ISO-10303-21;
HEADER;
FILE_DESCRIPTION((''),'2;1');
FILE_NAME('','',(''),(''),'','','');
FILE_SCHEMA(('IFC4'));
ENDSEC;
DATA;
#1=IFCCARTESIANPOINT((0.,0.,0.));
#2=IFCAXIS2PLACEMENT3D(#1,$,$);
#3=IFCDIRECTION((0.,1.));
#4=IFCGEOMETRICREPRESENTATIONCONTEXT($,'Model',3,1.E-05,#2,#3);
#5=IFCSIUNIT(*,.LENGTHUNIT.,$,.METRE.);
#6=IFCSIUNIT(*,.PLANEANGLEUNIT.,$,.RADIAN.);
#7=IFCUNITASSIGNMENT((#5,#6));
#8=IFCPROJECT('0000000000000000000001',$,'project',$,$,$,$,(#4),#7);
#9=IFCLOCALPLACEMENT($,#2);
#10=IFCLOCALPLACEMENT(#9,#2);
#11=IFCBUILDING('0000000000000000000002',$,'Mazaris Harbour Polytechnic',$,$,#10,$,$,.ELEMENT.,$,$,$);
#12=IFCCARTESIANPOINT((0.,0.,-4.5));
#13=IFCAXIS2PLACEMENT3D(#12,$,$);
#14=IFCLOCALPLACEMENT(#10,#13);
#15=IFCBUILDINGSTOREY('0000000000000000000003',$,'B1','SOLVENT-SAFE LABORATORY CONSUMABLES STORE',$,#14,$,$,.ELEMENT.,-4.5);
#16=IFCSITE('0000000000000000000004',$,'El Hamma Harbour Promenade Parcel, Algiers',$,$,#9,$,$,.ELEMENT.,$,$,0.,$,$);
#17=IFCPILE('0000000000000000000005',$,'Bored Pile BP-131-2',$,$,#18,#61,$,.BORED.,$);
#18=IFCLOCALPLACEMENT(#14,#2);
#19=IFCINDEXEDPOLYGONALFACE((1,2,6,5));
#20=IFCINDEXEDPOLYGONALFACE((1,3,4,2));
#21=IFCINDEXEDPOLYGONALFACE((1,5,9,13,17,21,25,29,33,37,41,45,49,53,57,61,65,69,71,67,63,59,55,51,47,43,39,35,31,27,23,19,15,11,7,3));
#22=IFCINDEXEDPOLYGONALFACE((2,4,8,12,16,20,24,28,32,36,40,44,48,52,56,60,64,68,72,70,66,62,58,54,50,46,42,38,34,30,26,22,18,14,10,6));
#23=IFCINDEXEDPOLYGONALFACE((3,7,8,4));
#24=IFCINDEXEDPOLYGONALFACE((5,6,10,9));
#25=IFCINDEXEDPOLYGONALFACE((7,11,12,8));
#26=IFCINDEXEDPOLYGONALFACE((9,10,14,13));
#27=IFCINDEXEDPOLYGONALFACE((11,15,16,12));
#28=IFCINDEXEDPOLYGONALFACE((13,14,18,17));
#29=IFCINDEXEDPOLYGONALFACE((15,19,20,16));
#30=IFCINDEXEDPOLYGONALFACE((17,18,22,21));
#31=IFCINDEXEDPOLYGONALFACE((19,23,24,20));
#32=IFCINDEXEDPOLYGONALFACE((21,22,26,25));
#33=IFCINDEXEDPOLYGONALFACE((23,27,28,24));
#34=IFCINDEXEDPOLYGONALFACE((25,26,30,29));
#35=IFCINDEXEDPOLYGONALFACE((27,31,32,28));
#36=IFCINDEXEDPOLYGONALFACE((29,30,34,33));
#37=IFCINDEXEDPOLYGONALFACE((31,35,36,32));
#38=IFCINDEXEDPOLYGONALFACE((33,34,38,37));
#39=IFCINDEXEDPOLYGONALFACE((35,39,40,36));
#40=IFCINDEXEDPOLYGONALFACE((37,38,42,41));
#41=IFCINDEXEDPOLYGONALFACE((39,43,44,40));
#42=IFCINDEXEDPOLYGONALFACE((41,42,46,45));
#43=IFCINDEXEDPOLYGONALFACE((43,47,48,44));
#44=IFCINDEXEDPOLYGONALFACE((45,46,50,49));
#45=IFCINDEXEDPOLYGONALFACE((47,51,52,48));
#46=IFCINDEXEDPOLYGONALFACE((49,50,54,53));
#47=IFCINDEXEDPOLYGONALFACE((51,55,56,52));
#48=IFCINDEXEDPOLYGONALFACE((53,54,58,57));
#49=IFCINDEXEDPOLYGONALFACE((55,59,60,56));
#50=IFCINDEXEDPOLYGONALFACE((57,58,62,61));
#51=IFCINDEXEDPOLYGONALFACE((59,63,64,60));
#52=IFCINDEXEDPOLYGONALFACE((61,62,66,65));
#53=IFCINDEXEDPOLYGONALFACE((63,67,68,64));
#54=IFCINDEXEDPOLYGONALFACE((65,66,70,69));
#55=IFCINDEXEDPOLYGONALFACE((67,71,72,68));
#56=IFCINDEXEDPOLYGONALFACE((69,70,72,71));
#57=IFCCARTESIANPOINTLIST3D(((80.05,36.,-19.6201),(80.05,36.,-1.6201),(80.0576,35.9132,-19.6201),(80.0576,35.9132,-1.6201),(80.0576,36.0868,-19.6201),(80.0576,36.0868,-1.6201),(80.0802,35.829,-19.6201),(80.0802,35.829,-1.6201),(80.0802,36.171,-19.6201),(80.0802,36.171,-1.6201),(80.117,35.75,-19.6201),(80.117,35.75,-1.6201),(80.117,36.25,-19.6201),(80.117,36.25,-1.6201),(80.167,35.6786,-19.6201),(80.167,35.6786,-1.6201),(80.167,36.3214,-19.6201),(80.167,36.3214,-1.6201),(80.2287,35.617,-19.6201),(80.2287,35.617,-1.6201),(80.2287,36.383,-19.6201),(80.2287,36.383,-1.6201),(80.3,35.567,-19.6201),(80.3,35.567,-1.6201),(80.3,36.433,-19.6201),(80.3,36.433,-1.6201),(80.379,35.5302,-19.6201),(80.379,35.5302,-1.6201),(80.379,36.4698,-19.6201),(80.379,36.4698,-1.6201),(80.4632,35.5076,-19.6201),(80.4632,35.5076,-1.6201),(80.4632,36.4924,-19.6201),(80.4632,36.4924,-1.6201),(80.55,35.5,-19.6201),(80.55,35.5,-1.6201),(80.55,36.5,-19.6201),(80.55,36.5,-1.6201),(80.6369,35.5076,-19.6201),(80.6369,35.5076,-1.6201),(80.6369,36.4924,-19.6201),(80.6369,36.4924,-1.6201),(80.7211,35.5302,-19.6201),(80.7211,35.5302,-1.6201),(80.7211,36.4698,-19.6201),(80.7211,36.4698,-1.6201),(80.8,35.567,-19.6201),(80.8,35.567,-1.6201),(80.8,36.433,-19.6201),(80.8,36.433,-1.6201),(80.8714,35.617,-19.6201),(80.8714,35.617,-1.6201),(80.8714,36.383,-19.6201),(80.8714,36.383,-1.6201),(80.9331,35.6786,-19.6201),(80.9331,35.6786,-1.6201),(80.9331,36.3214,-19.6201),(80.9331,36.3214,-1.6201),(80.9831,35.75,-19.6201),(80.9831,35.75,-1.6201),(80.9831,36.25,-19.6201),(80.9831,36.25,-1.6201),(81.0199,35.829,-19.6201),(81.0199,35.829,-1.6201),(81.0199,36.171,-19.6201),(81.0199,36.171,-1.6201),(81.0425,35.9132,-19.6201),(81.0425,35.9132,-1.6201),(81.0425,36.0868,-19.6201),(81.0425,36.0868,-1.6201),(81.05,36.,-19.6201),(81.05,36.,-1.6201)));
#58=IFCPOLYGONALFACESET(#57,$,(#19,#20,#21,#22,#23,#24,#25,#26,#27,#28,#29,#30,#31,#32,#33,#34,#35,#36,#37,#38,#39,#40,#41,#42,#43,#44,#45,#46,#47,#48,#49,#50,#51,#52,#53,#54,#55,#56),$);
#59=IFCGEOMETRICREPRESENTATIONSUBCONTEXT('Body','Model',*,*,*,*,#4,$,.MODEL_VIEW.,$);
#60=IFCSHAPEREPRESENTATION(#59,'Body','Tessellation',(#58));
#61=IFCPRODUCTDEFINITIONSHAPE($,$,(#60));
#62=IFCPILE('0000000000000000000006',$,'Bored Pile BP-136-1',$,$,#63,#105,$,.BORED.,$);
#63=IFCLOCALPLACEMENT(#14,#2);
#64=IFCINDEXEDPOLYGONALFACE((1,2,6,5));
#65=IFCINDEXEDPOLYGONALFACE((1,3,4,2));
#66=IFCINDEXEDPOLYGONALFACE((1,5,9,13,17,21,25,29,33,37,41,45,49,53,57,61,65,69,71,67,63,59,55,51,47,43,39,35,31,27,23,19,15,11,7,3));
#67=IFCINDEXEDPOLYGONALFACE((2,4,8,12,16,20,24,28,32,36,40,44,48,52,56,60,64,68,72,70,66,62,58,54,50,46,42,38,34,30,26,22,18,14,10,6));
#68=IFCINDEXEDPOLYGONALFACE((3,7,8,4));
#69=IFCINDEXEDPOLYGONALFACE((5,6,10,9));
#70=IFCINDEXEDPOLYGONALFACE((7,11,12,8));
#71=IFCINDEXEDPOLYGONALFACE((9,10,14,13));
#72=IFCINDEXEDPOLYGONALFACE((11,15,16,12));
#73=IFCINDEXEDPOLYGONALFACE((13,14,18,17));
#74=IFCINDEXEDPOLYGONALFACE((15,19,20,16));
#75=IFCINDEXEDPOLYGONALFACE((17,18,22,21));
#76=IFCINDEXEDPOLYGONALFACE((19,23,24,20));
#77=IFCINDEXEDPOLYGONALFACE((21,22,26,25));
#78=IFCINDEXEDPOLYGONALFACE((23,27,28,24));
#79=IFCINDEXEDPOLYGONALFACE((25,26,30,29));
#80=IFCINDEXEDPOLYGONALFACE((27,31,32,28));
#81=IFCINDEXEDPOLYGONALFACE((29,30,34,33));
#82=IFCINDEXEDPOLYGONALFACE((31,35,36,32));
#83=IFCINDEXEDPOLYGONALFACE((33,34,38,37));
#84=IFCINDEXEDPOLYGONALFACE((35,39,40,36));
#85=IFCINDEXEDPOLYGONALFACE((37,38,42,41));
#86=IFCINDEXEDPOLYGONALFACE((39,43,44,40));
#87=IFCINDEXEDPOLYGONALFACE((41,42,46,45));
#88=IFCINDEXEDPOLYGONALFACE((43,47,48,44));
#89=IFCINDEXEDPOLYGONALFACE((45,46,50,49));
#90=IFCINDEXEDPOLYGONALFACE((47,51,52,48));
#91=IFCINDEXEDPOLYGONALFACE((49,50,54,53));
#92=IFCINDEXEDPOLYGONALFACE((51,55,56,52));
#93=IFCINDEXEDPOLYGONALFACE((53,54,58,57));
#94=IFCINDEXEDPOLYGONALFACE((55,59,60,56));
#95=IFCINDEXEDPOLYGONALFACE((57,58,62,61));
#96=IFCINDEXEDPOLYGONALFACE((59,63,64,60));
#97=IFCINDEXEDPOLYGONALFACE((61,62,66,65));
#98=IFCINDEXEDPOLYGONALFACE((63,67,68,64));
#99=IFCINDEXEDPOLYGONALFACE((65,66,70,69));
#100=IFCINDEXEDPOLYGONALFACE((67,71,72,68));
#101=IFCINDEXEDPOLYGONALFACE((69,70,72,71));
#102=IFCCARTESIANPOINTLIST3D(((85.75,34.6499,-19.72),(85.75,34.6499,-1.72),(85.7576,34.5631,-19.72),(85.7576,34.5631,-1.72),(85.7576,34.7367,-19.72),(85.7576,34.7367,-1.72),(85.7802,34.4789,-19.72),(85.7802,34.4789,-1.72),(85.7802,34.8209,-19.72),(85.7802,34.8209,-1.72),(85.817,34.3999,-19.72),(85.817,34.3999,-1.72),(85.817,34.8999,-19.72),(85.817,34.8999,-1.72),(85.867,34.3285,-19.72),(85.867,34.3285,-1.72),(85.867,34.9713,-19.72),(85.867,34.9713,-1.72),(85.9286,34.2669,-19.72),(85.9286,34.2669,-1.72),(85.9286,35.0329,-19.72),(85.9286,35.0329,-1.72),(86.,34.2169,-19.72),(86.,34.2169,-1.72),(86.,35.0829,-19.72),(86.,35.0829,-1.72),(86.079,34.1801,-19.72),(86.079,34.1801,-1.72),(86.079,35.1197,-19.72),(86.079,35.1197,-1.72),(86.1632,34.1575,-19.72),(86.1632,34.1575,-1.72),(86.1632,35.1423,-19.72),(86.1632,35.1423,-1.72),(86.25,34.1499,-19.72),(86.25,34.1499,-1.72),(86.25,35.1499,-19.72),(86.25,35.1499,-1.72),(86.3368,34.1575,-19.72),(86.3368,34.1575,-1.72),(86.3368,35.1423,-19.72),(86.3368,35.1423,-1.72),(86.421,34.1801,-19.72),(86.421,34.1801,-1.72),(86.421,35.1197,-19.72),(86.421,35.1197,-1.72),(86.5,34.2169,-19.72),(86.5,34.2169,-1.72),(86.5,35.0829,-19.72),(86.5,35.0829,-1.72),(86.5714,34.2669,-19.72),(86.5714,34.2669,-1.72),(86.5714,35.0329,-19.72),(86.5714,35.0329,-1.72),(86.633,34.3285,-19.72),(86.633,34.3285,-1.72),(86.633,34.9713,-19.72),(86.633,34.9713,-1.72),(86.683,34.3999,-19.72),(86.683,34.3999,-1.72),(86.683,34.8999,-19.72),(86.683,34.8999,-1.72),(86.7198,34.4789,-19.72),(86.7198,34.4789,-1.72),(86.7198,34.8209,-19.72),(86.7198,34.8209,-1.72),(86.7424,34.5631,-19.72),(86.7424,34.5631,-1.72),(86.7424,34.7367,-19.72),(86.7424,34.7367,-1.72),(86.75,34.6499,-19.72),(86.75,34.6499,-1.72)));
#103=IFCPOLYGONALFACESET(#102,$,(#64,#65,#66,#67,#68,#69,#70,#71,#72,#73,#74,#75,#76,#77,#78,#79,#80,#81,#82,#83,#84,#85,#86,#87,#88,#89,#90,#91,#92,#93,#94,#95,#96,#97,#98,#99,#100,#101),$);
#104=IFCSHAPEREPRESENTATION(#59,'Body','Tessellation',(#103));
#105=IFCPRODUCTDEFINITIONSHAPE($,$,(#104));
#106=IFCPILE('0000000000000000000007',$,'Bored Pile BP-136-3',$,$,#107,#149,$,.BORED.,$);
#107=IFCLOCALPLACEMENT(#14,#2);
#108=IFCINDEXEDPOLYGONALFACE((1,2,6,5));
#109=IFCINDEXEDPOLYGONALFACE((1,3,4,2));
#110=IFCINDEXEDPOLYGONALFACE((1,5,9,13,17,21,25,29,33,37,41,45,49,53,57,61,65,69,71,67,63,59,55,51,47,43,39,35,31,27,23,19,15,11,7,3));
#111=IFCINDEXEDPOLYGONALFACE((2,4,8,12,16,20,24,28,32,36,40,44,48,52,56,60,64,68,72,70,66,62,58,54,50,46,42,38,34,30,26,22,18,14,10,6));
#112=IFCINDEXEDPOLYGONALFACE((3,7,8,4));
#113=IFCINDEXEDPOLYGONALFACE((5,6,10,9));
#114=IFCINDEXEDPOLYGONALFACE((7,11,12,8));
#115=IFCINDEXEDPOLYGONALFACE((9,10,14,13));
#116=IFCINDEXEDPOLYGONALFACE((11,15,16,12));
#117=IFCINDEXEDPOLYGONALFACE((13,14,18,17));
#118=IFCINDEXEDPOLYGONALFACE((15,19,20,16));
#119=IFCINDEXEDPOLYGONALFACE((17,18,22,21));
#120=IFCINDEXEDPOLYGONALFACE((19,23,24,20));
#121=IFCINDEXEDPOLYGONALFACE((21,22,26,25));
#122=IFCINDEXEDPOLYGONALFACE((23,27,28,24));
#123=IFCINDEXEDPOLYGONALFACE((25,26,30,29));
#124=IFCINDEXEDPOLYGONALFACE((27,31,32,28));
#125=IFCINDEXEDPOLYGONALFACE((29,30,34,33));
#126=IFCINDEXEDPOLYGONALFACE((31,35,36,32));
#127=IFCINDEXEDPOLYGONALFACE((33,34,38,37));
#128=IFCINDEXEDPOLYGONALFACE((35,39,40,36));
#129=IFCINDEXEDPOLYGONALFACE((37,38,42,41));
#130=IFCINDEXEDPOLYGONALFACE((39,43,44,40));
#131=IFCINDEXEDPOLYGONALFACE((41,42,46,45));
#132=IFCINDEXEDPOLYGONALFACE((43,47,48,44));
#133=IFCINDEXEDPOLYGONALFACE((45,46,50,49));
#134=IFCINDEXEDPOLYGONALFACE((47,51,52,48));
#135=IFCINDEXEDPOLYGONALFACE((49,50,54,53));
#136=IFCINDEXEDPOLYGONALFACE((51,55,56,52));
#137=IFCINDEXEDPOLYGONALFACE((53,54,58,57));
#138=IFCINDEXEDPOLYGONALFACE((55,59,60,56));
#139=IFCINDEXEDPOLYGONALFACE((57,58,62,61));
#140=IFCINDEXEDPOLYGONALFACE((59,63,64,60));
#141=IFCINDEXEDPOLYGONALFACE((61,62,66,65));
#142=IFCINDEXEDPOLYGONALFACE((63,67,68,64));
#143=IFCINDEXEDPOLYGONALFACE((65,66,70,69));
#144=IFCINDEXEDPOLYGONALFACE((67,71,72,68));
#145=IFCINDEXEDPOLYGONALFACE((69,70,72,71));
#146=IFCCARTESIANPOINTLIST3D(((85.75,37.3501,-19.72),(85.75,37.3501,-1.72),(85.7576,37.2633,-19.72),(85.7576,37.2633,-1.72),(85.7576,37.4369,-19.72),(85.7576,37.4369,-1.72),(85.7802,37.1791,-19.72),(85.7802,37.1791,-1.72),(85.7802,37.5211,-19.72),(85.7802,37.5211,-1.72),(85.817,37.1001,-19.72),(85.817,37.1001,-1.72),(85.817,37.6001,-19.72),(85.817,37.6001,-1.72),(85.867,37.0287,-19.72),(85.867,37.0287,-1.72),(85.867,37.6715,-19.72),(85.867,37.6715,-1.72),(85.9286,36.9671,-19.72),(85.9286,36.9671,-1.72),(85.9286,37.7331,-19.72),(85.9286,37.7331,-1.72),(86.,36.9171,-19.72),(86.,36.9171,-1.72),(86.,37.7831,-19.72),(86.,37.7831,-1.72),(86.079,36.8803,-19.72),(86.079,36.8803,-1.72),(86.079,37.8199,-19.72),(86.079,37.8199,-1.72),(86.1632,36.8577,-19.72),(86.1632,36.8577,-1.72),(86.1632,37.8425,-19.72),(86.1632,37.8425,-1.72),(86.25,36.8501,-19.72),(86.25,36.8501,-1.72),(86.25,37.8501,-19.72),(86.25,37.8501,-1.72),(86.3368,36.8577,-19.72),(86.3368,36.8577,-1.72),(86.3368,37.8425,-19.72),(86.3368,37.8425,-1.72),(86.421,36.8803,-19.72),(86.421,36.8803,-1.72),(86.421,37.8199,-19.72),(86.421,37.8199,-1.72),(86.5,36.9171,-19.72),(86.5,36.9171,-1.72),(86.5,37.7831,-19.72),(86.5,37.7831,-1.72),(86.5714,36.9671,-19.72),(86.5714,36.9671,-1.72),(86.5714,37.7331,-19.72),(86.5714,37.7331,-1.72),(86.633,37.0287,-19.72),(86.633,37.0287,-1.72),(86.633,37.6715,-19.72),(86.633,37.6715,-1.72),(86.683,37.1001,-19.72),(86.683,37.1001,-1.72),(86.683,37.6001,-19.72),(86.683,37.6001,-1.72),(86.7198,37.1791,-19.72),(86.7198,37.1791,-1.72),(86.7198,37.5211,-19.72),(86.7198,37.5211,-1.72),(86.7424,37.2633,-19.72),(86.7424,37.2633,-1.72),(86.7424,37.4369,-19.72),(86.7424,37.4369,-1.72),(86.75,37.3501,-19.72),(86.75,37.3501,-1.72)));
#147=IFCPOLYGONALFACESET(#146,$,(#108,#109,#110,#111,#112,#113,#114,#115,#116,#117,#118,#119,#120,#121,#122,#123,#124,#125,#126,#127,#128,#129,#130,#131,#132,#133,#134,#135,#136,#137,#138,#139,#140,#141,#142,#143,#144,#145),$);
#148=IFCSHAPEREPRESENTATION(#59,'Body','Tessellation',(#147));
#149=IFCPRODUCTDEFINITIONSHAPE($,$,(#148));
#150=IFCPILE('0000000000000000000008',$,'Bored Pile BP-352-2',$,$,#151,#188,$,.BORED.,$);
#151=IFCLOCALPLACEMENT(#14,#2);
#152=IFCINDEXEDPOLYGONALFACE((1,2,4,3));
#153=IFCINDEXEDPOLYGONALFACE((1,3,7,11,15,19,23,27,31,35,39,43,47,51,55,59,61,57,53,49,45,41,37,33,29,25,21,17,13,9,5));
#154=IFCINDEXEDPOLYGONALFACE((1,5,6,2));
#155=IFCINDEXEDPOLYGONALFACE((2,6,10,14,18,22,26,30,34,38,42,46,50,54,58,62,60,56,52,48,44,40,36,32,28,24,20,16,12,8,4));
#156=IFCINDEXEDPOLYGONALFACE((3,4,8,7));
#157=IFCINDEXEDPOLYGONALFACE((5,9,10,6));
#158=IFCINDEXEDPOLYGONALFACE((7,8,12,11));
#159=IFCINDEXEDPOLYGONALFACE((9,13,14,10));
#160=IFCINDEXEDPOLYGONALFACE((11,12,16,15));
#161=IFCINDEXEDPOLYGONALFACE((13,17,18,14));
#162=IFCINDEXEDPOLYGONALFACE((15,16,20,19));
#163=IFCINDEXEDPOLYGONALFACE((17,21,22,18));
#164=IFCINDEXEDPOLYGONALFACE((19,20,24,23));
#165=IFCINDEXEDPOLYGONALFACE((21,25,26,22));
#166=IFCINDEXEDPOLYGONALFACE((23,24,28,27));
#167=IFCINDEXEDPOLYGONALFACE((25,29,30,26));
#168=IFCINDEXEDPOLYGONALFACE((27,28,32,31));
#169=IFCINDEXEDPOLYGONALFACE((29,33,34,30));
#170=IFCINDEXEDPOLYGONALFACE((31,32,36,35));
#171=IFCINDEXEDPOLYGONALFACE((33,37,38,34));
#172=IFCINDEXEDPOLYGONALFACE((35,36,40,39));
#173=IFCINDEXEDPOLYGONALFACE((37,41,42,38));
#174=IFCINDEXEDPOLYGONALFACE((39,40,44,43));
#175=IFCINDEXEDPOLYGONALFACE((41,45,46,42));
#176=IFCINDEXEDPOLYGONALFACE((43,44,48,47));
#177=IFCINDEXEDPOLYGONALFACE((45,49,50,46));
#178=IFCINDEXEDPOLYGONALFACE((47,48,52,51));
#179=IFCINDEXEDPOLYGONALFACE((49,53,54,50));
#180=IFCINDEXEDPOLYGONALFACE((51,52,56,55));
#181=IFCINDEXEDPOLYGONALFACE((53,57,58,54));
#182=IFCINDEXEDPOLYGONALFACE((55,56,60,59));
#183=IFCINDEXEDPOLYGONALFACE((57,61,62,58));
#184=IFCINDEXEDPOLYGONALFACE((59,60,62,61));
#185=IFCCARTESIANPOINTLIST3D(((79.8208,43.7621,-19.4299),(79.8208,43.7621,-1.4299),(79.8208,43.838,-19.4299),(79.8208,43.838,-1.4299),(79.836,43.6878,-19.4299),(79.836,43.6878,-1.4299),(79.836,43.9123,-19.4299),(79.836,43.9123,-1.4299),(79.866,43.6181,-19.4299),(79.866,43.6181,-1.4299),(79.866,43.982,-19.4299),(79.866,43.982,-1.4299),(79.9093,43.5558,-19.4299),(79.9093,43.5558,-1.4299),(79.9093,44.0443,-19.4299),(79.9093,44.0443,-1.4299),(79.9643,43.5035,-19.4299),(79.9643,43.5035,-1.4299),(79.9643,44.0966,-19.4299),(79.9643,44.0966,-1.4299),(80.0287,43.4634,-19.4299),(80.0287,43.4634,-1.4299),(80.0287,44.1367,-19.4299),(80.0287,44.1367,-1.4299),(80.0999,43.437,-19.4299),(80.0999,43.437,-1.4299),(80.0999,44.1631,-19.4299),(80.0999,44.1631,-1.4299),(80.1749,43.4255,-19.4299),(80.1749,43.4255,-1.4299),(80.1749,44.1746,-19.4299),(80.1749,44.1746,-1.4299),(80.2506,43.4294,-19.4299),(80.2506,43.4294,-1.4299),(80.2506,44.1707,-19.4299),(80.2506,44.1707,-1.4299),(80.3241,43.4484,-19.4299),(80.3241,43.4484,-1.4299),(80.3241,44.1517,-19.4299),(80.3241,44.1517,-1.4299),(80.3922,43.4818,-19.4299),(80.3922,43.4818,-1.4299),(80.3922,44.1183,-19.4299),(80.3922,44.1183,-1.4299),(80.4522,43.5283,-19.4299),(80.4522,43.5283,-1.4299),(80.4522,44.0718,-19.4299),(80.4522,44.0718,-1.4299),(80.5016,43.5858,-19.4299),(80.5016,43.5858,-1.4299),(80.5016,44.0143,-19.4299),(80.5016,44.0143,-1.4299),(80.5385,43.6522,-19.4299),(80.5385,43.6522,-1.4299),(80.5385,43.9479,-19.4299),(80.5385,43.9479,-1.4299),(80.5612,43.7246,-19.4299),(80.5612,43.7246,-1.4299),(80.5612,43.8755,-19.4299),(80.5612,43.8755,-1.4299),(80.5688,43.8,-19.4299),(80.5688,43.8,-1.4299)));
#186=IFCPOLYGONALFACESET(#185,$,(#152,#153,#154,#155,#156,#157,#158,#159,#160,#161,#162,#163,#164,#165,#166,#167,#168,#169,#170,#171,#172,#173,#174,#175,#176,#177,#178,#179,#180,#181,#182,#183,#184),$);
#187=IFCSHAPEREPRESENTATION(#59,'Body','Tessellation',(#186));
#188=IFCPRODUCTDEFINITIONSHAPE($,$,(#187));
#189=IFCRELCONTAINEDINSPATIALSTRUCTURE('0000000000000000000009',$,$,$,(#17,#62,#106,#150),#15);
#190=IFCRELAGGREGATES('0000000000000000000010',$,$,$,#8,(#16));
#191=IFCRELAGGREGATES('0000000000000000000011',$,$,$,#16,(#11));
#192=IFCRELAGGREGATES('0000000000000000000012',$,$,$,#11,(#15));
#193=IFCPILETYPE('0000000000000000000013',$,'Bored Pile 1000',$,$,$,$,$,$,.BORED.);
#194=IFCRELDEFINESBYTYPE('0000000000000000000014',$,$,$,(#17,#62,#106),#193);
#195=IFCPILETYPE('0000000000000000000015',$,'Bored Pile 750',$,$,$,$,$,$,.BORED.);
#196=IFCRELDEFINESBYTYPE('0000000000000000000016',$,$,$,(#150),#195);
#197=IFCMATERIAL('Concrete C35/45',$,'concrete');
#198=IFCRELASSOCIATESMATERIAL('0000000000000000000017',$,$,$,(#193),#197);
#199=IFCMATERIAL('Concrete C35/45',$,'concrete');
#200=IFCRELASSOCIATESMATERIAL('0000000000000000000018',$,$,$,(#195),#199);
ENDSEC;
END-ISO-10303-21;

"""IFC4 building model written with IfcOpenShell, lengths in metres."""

from ifc_helpers import new_model, si_unit, direction, frame, origin, origin_2d, place, context, subcontext, project, spatial, circle, extrude, material, material_profile, profile_set, type_object, element, save


model = new_model("IFC4")

# Units and contexts
model_context = context("Model", 3, precision=1e-05, world=origin(), true_north=direction((0.0, 1.0)))
body_context = subcontext(model_context, "Body", "Model", "MODEL_VIEW")
ifc_project = project(units=[si_unit("LENGTHUNIT", "METRE"), si_unit("PLANEANGLEUNIT", "RADIAN")], contexts=[model_context])

# Site, building, storey
site_placement = place(None, origin())
site = spatial("IfcSite", under=ifc_project, at=site_placement, Name="El Hamma Harbour Promenade Parcel, Algiers", CompositionType="ELEMENT", RefElevation=0.0)
building_placement = place(site_placement, origin())
building = spatial("IfcBuilding", under=site, at=building_placement, Name="Mazaris Harbour Polytechnic", CompositionType="ELEMENT")
storey_placement = place(building_placement, frame((0.0, 0.0, -4.5)))
storey = spatial("IfcBuildingStorey", under=building, at=storey_placement, Name="B1", Description="SOLVENT-SAFE LABORATORY CONSUMABLES STORE", CompositionType="ELEMENT", Elevation=-4.5)

# Piles
ifc_material_1 = material(Name="Concrete C35/45", Category="concrete")
ifc_material_profile_1 = material_profile(ifc_material_1, circle(Radius=0.5, at=origin_2d()), Name="DIA1000")
ifc_profile_set_1 = profile_set([ifc_material_profile_1], Name="Concrete C35/45")
pile_type_1 = type_object("IfcPileType", Name="Bored Pile 1000", PredefinedType="BORED", material=ifc_profile_set_1)
for number, where, z_axis, x_axis, name in (
    (1, (80.55, 36.0, -1.6201), (0.0, 0.0, -1.0), (1.0, 0.0, 0.0), "Bored Pile BP-131-2"),
    (2, (86.25, 34.6499, -1.72), (0.0, 0.0, -1.0), (1.0, 0.0, 0.0), "Bored Pile BP-136-1"),
    (3, (86.25, 37.3501, -1.72), (0.0, 0.0, -1.0), (1.0, 0.0, 0.0), "Bored Pile BP-136-3"),
):
    element("IfcPile", number, at=place(storey_placement, frame(where, z_axis=z_axis, x_axis=x_axis)), inside=storey, type_object=pile_type_1, Name=name, PredefinedType="BORED", context=body_context, shape_type="SweptSolid", body=[
        extrude(circle(Radius=0.5, at=origin_2d()), origin(), (0.0, 0.0, 1.0), 18.0),
    ])
ifc_material_2 = material(Name="Concrete C35/45", Category="concrete")
ifc_material_profile_2 = material_profile(ifc_material_2, circle(Radius=0.375, at=origin_2d()), Name="DIA750")
ifc_profile_set_2 = profile_set([ifc_material_profile_2], Name="Concrete C35/45")
pile_type_2 = type_object("IfcPileType", Name="Bored Pile 750", PredefinedType="BORED", material=ifc_profile_set_2)
for number, where, z_axis, x_axis, name in (
    (4, (80.1938, 43.8, -1.4299), (0.0, 0.0, -1.0), (1.0, 0.0, 0.0), "Bored Pile BP-352-2"),
):
    element("IfcPile", number, at=place(storey_placement, frame(where, z_axis=z_axis, x_axis=x_axis)), inside=storey, type_object=pile_type_2, Name=name, PredefinedType="BORED", context=body_context, shape_type="SweptSolid", body=[
        extrude(circle(Radius=0.375, at=origin_2d()), origin(), (0.0, 0.0, 1.0), 18.0),
    ])

save(model, "model.ifc")
